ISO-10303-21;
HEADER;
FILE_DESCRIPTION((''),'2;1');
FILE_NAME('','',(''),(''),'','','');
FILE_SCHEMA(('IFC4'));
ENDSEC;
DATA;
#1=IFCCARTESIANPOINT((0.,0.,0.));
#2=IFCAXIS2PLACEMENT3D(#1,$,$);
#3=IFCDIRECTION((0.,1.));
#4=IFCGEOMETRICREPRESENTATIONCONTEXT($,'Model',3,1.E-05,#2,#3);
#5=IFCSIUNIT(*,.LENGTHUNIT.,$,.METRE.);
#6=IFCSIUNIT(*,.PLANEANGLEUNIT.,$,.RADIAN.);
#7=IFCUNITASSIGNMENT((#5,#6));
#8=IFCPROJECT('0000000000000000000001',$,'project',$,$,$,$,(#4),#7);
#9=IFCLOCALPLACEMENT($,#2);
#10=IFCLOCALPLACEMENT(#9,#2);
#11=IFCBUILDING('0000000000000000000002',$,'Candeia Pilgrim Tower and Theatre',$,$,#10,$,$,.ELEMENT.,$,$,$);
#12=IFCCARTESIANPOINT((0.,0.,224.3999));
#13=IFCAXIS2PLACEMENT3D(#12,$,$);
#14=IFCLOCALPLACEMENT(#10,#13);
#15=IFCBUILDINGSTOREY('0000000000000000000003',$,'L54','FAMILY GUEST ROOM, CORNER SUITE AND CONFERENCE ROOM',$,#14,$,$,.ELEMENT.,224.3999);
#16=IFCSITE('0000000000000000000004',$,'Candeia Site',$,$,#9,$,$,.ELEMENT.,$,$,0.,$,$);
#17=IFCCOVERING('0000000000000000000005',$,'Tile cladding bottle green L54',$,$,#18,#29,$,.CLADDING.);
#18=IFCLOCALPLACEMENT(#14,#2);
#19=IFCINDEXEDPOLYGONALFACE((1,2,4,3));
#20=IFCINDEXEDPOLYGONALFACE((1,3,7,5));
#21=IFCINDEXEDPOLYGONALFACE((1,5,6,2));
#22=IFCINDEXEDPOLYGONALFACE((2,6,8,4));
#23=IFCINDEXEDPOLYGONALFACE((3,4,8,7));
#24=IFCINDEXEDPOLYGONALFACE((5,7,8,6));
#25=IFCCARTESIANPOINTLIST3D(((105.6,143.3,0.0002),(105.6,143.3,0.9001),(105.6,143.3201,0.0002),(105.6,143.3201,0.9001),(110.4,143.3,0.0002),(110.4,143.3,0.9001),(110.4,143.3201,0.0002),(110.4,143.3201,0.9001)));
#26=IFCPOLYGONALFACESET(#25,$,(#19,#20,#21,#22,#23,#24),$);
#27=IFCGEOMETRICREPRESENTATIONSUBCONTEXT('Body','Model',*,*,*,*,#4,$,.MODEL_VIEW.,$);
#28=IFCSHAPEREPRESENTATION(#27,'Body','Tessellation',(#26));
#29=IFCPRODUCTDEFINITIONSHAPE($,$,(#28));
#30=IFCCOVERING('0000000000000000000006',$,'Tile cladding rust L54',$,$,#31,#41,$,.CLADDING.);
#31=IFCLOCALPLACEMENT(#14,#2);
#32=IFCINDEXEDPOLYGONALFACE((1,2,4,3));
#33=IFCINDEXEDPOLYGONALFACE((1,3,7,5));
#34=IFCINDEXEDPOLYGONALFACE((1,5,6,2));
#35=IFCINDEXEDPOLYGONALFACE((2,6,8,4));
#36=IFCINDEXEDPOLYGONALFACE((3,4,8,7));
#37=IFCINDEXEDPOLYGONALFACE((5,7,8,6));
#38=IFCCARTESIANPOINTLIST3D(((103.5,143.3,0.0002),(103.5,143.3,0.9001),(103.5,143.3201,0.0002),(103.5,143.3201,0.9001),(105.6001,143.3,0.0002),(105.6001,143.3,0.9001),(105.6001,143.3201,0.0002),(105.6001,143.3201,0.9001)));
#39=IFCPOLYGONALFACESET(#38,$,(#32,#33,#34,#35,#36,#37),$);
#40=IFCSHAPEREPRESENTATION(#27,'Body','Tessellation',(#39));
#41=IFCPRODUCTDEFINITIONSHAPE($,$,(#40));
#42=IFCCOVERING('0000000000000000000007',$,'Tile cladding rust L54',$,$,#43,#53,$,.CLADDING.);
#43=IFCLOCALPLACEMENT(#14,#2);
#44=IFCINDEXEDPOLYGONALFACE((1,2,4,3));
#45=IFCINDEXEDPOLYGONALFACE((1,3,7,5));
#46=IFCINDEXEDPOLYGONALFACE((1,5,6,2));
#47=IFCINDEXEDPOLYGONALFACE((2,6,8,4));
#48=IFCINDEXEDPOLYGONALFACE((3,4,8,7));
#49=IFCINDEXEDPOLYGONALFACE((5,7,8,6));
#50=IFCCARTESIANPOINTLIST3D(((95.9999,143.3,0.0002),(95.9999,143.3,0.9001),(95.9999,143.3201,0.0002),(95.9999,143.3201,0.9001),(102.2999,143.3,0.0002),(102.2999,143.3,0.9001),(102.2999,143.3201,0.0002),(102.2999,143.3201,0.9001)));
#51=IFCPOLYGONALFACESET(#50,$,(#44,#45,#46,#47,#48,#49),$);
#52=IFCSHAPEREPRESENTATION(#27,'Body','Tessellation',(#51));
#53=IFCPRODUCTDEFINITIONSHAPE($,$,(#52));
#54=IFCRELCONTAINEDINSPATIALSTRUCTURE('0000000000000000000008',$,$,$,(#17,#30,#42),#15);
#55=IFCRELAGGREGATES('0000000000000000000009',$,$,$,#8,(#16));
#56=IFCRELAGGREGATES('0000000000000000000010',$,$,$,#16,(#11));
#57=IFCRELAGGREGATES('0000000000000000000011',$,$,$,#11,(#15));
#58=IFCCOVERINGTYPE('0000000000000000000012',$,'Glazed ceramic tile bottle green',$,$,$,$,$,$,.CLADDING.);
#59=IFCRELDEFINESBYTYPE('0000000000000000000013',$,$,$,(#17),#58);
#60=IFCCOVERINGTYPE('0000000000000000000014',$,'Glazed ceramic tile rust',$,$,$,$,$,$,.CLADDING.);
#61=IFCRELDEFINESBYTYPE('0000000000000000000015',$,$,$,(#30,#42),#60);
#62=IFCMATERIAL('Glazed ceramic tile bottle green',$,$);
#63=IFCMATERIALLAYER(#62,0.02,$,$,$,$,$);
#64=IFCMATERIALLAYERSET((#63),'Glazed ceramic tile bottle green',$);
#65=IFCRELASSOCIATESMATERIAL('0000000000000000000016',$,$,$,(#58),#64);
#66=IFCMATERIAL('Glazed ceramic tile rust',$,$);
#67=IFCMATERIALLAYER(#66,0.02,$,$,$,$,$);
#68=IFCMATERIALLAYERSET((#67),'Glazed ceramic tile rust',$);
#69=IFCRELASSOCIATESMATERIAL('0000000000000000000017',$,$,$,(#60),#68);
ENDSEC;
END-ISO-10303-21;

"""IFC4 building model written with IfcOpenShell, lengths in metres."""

from ifc_helpers import new_model, si_unit, direction, frame, origin, origin_2d, place, context, subcontext, project, spatial, rectangle, extrude, material, layer, layer_set, type_object, element, save


model = new_model("IFC4")

# Units and contexts
model_context = context("Model", 3, precision=1e-05, world=origin(), true_north=direction((0.0, 1.0)))
body_context = subcontext(model_context, "Body", "Model", "MODEL_VIEW")
ifc_project = project(units=[si_unit("LENGTHUNIT", "METRE"), si_unit("PLANEANGLEUNIT", "RADIAN")], contexts=[model_context])

# Site, building, storey
site_placement = place(None, origin())
site = spatial("IfcSite", under=ifc_project, at=site_placement, Name="Candeia Site", CompositionType="ELEMENT", RefElevation=0.0)
building_placement = place(site_placement, origin())
building = spatial("IfcBuilding", under=site, at=building_placement, Name="Candeia Pilgrim Tower and Theatre", CompositionType="ELEMENT")
storey_placement = place(building_placement, frame((0.0, 0.0, 224.3999)))
storey = spatial("IfcBuildingStorey", under=building, at=storey_placement, Name="L54", Description="FAMILY GUEST ROOM, CORNER SUITE AND CONFERENCE ROOM", CompositionType="ELEMENT", Elevation=224.3999)

# Coverings
ifc_material_1 = material(Name="Glazed ceramic tile bottle green")
ifc_layer_1 = layer(ifc_material_1, 0.02)
ifc_layer_set_1 = layer_set([ifc_layer_1], Name="Glazed ceramic tile bottle green")
covering_type_1 = type_object("IfcCoveringType", Name="Glazed ceramic tile bottle green", PredefinedType="CLADDING", material=ifc_layer_set_1)
covering_1_placement = place(storey_placement, frame((108.0, 143.3101, 0.0002), z_axis=(0.0, 0.0, 1.0), x_axis=(-1.0, 0.0, 0.0)))
element("IfcCovering", 1, at=covering_1_placement, inside=storey, type_object=covering_type_1, Name="Tile cladding bottle green L54", PredefinedType="CLADDING", context=body_context, shape_type="SweptSolid", body=[
    extrude(rectangle(XDim=4.8, YDim=0.02, at=origin_2d()), origin(), (0.0, 0.0, 1.0), 0.8999),
])
ifc_material_2 = material(Name="Glazed ceramic tile rust")
ifc_layer_2 = layer(ifc_material_2, 0.02)
ifc_layer_set_2 = layer_set([ifc_layer_2], Name="Glazed ceramic tile rust")
covering_type_2 = type_object("IfcCoveringType", Name="Glazed ceramic tile rust", PredefinedType="CLADDING", material=ifc_layer_set_2)
covering_2_placement = place(storey_placement, frame((104.55, 143.3101, 0.0002), z_axis=(0.0, 0.0, 1.0), x_axis=(-1.0, 0.0, 0.0)))
element("IfcCovering", 2, at=covering_2_placement, inside=storey, type_object=covering_type_2, Name="Tile cladding rust L54", PredefinedType="CLADDING", context=body_context, shape_type="SweptSolid", body=[
    extrude(rectangle(XDim=2.1001, YDim=0.02, at=origin_2d()), origin(), (0.0, 0.0, 1.0), 0.8999),
])
covering_3_placement = place(storey_placement, frame((99.1499, 143.3101, 0.0002), z_axis=(0.0, 0.0, 1.0), x_axis=(-1.0, 0.0, 0.0)))
element("IfcCovering", 3, at=covering_3_placement, inside=storey, type_object=covering_type_2, Name="Tile cladding rust L54", PredefinedType="CLADDING", context=body_context, shape_type="SweptSolid", body=[
    extrude(rectangle(XDim=6.3, YDim=0.02, at=origin_2d()), origin(), (0.0, 0.0, 1.0), 0.8999),
])

save(model, "model.ifc")
